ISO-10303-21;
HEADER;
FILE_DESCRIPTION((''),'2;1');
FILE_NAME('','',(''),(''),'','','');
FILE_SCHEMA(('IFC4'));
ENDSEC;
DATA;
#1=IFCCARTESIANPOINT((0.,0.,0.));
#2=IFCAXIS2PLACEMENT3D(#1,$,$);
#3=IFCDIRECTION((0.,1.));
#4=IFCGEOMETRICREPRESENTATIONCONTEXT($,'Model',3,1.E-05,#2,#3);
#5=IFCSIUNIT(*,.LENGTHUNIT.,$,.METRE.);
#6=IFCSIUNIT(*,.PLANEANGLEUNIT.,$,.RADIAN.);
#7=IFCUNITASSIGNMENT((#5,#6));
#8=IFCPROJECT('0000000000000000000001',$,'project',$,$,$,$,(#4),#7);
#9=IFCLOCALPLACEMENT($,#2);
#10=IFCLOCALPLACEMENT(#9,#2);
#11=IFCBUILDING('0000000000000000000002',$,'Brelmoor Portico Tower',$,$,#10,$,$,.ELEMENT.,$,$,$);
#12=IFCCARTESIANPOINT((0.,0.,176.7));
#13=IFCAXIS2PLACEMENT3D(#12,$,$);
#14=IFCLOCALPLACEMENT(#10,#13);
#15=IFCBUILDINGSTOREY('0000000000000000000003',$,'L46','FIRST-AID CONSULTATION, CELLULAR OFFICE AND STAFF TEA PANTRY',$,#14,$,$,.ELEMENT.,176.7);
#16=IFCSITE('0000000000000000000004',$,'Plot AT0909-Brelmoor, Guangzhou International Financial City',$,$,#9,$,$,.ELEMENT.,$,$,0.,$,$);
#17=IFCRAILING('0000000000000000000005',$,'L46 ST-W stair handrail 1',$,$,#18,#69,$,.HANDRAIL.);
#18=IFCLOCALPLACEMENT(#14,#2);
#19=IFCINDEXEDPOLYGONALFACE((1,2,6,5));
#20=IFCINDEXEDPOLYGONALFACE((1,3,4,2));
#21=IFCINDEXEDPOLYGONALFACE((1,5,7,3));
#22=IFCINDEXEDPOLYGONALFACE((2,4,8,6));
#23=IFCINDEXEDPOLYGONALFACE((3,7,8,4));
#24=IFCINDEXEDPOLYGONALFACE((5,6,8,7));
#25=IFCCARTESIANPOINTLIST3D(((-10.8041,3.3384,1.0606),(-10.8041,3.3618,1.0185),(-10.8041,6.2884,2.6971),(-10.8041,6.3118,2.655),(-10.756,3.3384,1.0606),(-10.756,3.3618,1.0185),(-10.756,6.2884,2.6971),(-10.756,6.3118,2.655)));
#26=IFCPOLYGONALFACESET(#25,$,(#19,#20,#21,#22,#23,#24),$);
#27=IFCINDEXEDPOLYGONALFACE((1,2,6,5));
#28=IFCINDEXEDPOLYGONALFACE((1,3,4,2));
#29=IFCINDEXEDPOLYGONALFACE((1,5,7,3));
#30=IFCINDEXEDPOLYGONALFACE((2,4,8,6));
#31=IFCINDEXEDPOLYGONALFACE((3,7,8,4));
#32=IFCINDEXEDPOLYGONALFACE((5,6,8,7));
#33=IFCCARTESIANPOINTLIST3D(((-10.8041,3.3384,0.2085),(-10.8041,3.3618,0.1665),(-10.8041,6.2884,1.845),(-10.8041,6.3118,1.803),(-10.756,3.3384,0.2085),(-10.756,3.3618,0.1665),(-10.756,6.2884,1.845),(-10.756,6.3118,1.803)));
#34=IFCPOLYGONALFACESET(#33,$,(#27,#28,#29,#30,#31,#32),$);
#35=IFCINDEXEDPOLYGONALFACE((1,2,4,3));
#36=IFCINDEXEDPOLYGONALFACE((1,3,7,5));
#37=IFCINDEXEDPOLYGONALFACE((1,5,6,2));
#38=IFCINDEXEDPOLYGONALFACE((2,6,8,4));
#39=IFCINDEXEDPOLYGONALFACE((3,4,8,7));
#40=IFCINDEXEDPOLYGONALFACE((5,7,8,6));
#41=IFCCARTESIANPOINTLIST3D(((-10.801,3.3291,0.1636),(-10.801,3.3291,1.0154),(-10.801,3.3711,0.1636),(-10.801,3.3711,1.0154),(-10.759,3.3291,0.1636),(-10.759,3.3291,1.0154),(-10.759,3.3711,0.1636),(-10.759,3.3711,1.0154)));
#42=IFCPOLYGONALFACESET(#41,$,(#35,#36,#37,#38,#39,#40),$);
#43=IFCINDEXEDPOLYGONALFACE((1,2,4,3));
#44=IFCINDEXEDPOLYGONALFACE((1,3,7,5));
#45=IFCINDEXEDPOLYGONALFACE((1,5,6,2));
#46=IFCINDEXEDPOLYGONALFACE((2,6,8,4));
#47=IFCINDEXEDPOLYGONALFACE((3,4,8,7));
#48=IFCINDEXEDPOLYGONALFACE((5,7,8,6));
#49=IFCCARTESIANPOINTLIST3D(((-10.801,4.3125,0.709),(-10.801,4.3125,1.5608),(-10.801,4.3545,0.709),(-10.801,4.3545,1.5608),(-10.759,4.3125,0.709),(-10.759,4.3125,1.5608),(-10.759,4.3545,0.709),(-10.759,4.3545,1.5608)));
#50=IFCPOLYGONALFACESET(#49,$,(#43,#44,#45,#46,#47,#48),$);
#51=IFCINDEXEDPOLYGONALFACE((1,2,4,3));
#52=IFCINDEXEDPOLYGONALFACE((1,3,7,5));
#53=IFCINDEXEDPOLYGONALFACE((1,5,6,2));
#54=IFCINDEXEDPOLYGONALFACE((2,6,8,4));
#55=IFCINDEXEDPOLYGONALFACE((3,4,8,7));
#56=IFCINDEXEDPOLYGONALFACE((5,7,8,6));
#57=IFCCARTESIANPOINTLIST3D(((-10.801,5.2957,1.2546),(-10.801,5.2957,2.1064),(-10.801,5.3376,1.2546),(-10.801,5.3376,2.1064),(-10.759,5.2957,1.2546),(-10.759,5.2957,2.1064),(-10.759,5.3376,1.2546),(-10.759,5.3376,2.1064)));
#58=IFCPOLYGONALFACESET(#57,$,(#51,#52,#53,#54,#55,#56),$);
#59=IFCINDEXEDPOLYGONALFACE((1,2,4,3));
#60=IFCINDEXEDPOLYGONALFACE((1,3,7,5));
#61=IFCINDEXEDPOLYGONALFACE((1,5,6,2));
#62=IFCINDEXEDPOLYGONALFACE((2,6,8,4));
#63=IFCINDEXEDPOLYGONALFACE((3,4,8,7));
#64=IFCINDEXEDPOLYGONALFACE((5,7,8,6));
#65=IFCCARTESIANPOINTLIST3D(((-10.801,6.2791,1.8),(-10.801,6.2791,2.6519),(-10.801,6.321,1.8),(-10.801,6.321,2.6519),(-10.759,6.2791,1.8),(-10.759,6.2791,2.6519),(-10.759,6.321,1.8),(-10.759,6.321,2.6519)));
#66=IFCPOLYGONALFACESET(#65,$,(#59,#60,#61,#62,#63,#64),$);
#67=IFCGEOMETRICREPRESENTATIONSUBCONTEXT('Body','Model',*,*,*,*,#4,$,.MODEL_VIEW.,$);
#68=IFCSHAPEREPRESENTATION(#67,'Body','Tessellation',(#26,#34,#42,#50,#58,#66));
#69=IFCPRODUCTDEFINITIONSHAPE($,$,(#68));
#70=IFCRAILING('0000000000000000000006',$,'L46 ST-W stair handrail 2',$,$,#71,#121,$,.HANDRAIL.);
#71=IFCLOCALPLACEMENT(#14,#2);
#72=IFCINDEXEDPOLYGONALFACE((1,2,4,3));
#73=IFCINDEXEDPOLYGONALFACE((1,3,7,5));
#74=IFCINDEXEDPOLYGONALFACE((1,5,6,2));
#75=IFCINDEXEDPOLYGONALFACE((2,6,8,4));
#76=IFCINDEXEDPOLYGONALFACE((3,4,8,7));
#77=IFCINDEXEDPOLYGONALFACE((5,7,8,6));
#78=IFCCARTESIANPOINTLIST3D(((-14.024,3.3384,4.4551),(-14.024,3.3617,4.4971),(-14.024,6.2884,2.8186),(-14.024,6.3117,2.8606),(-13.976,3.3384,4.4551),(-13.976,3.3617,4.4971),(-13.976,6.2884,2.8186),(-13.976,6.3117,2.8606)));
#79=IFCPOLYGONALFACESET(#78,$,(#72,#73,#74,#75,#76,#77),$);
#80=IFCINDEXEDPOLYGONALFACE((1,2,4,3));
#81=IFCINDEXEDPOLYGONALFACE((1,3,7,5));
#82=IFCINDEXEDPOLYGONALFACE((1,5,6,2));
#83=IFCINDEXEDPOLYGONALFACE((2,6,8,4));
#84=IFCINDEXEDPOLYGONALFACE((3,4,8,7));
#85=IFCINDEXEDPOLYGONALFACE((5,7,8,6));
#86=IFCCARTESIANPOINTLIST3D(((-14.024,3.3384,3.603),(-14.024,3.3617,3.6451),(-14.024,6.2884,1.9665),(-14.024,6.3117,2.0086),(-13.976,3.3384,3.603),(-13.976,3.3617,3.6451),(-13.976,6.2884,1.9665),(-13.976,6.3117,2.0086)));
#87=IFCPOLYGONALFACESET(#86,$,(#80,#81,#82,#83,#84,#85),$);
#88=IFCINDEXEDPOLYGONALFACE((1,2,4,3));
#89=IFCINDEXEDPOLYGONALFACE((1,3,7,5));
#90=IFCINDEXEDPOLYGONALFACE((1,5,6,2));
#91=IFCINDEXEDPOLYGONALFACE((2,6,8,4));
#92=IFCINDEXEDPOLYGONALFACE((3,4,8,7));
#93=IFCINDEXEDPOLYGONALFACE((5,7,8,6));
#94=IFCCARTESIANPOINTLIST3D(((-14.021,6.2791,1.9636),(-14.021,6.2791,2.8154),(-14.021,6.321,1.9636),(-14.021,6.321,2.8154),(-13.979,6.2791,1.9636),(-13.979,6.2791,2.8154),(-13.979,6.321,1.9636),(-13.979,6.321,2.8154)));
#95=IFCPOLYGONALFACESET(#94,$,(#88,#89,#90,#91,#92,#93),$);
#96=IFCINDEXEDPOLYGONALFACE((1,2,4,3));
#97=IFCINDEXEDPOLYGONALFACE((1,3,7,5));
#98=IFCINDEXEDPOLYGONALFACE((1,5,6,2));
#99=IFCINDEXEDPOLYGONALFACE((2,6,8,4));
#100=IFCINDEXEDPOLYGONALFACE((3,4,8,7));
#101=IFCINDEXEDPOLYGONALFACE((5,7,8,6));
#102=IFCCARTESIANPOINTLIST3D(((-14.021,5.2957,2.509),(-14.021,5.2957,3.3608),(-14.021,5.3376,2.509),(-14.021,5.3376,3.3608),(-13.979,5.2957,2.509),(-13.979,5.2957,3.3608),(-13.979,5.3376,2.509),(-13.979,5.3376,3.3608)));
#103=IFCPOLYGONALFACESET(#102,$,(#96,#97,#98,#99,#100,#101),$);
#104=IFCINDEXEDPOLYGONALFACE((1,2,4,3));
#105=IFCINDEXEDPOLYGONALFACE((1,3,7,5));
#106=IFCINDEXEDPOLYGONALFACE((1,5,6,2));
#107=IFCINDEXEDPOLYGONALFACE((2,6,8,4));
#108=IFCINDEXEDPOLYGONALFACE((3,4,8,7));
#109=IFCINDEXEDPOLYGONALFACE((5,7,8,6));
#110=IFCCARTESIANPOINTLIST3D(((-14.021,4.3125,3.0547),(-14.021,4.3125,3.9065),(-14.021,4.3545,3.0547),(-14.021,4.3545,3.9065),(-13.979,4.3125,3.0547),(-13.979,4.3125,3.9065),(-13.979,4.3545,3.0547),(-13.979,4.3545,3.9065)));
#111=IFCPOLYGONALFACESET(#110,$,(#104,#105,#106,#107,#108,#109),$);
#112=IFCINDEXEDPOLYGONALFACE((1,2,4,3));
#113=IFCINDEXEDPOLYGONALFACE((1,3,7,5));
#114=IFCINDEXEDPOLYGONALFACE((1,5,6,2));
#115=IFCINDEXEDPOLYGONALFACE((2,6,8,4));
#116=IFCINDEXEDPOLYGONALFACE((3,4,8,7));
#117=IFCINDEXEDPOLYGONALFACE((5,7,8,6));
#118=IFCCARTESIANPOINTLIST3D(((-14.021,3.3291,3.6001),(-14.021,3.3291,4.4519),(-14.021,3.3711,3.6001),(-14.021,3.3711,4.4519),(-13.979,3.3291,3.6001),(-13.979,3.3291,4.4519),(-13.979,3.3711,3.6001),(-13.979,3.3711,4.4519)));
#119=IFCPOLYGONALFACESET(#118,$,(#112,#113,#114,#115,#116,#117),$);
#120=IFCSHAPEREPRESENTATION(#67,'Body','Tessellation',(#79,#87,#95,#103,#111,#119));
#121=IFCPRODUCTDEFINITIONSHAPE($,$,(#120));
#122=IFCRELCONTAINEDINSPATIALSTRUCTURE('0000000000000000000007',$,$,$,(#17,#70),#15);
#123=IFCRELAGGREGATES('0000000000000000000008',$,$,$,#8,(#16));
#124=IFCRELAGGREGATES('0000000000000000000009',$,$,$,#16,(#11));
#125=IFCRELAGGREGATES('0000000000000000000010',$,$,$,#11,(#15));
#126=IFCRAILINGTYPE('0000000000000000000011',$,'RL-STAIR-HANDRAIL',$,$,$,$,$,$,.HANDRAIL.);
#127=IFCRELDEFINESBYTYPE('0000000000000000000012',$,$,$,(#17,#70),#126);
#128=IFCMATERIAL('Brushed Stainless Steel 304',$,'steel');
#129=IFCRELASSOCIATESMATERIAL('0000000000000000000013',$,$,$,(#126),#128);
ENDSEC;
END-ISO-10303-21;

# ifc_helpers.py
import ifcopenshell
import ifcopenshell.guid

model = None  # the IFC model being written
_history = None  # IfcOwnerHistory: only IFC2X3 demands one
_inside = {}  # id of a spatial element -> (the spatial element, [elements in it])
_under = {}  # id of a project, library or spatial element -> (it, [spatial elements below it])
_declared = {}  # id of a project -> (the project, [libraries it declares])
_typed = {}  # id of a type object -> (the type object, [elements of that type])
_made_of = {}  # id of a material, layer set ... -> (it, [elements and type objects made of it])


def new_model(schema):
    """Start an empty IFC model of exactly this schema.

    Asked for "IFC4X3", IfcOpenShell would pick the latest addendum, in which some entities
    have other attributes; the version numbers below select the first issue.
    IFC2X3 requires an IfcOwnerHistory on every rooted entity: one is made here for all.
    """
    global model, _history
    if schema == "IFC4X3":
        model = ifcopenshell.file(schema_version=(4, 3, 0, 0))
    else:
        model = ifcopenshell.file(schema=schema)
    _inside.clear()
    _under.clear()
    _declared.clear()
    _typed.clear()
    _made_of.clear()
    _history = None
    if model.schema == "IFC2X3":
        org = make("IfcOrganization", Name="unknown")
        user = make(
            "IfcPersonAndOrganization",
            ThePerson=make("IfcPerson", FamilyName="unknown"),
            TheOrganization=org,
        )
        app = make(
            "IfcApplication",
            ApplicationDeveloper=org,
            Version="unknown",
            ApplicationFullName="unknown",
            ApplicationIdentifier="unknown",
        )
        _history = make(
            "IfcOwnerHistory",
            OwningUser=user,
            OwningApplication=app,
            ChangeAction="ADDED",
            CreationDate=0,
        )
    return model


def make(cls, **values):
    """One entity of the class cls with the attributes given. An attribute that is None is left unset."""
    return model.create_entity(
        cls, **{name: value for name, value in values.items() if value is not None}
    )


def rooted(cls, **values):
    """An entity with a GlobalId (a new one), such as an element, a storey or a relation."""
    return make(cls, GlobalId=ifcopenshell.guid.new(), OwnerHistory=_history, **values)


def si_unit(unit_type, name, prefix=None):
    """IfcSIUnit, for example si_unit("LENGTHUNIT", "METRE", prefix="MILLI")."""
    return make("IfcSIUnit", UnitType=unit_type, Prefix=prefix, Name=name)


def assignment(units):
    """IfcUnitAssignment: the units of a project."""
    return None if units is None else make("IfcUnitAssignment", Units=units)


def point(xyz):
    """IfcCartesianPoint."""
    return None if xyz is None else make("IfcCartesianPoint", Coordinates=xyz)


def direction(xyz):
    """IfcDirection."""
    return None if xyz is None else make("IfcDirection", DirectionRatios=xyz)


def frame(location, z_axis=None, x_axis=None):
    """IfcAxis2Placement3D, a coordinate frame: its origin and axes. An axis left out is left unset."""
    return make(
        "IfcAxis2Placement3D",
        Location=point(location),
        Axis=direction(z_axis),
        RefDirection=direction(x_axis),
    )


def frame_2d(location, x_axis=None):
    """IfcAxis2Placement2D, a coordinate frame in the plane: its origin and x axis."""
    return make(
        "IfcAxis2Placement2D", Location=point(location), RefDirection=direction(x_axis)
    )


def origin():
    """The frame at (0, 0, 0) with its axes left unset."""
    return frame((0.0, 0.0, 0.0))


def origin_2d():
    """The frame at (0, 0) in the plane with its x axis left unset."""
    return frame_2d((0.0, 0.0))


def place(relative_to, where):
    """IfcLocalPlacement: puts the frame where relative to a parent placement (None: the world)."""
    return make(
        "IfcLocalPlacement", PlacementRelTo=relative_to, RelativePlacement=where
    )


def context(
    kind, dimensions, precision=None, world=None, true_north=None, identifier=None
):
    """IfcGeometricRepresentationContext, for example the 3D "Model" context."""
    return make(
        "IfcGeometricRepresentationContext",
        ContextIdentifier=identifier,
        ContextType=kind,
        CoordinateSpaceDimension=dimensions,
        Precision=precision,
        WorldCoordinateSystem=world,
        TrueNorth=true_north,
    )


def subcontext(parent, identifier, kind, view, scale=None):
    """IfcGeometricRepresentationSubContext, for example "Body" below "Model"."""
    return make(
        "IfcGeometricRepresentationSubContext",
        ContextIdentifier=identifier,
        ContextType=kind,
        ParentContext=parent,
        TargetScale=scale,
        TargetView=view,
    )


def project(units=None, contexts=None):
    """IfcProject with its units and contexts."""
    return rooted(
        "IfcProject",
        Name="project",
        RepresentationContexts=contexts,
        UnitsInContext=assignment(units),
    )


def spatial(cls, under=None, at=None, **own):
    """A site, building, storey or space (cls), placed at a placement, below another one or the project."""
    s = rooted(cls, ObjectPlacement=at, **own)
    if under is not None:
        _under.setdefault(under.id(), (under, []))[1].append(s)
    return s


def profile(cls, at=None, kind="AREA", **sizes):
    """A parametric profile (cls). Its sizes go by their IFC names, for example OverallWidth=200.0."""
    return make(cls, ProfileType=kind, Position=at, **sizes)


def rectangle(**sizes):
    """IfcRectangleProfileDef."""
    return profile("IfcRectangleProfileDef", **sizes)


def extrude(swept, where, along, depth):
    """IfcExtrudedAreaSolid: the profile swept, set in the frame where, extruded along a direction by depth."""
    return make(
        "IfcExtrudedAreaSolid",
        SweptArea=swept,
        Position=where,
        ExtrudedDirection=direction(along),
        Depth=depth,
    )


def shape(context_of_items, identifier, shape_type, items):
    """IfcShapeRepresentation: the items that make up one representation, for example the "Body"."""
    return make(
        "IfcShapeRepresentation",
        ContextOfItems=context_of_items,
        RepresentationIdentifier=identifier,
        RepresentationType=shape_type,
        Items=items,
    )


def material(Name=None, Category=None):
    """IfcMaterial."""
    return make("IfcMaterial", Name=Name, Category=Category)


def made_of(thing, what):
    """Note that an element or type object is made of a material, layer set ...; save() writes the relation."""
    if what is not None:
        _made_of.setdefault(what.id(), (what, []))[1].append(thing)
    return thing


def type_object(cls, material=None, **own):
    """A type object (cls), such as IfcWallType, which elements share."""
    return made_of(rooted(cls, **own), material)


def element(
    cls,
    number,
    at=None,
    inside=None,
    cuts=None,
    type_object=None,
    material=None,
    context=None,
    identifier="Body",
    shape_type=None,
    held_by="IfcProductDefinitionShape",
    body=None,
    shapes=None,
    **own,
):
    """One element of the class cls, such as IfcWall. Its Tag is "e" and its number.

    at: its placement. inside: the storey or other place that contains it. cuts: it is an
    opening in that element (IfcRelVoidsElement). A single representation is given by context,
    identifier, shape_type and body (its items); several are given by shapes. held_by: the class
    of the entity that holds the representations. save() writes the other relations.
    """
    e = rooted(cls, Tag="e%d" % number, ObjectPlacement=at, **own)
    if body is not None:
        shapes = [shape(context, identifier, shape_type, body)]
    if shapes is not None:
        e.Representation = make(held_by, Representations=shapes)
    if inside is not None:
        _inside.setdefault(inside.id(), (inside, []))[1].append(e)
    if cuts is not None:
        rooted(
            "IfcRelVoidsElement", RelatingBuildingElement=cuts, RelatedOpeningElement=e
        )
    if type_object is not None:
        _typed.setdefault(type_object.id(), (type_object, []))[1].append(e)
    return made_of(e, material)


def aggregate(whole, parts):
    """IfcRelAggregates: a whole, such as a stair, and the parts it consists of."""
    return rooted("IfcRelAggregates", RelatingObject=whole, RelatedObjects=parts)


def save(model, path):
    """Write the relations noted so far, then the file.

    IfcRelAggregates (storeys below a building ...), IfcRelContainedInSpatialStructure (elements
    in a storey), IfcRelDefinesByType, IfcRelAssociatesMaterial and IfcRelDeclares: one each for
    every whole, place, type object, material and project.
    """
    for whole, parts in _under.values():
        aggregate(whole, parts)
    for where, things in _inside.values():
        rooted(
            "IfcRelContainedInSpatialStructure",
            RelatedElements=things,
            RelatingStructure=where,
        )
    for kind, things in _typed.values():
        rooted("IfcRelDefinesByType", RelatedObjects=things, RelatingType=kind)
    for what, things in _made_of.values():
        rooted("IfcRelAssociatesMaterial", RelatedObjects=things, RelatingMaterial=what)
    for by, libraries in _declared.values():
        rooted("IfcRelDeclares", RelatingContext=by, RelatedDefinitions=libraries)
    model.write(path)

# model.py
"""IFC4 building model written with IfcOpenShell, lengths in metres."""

from ifc_helpers import new_model, si_unit, direction, frame, origin, origin_2d, place, context, subcontext, project, spatial, rectangle, extrude, material, type_object, element, save


model = new_model("IFC4")

# Units and contexts
model_context = context("Model", 3, precision=1e-05, world=origin(), true_north=direction((0.0, 1.0)))
body_context = subcontext(model_context, "Body", "Model", "MODEL_VIEW")
ifc_project = project(units=[si_unit("LENGTHUNIT", "METRE"), si_unit("PLANEANGLEUNIT", "RADIAN")], contexts=[model_context])

# Site, building, storey
site_placement = place(None, origin())
site = spatial("IfcSite", under=ifc_project, at=site_placement, Name="Plot AT0909-Brelmoor, Guangzhou International Financial City", CompositionType="ELEMENT", RefElevation=0.0)
building_placement = place(site_placement, origin())
building = spatial("IfcBuilding", under=site, at=building_placement, Name="Brelmoor Portico Tower", CompositionType="ELEMENT")
storey_placement = place(building_placement, frame((0.0, 0.0, 176.7)))
storey = spatial("IfcBuildingStorey", under=building, at=storey_placement, Name="L46", Description="FIRST-AID CONSULTATION, CELLULAR OFFICE AND STAFF TEA PANTRY", CompositionType="ELEMENT", Elevation=176.7)

# Railings
ifc_material_1 = material(Name="Brushed Stainless Steel 304", Category="steel")
railing_type_1 = type_object("IfcRailingType", Name="RL-STAIR-HANDRAIL", PredefinedType="HANDRAIL", material=ifc_material_1)
railing_1_placement = place(storey_placement, frame((-10.78, 3.3501, 0.1636)))
element("IfcRailing", 1, at=railing_1_placement, inside=storey, type_object=railing_type_1, Name="L46 ST-W stair handrail 1", PredefinedType="HANDRAIL", context=body_context, shape_type="SweptSolid", body=[
    extrude(rectangle(XDim=0.0481, YDim=0.0481, at=origin_2d()), frame((0.0, 0.0, 0.876), z_axis=(0.0, 0.874458, 0.485102), x_axis=(-1.0, 0.0, 0.0)), (0.0, 0.0, 1.0), 3.3735),
    extrude(rectangle(XDim=0.0481, YDim=0.0481, at=origin_2d()), frame((0.0, 0.0, 0.0239), z_axis=(0.0, 0.874458, 0.485102), x_axis=(-1.0, 0.0, 0.0)), (0.0, 0.0, 1.0), 3.3735),
    extrude(rectangle(XDim=0.042, YDim=0.042, at=origin_2d()), origin(), (0.0, 0.0, 1.0), 0.8518),
    extrude(rectangle(XDim=0.042, YDim=0.042, at=origin_2d()), frame((0.0, 0.9834, 0.5454)), (0.0, 0.0, 1.0), 0.8518),
    extrude(rectangle(XDim=0.042, YDim=0.042, at=origin_2d()), frame((0.0, 1.9666, 1.0911)), (0.0, 0.0, 1.0), 0.8518),
    extrude(rectangle(XDim=0.042, YDim=0.042, at=origin_2d()), frame((0.0, 2.95, 1.6365)), (0.0, 0.0, 1.0), 0.8518),
])
railing_2_placement = place(storey_placement, frame((-14.0, 6.3, 1.9636)))
element("IfcRailing", 2, at=railing_2_placement, inside=storey, type_object=railing_type_1, Name="L46 ST-W stair handrail 2", PredefinedType="HANDRAIL", context=body_context, shape_type="SweptSolid", body=[
    extrude(rectangle(XDim=0.0481, YDim=0.0481, at=origin_2d()), frame((0.0, 0.0, 0.876), z_axis=(0.0, -0.874458, 0.485102), x_axis=(1.0, 0.0, 0.0)), (0.0, 0.0, 1.0), 3.3735),
    extrude(rectangle(XDim=0.0481, YDim=0.0481, at=origin_2d()), frame((0.0, 0.0, 0.0239), z_axis=(0.0, -0.874458, 0.485102), x_axis=(1.0, 0.0, 0.0)), (0.0, 0.0, 1.0), 3.3735),
    extrude(rectangle(XDim=0.042, YDim=0.042, at=origin_2d()), origin(), (0.0, 0.0, 1.0), 0.8518),
    extrude(rectangle(XDim=0.042, YDim=0.042, at=origin_2d()), frame((0.0, -0.9834, 0.5454)), (0.0, 0.0, 1.0), 0.8518),
    extrude(rectangle(XDim=0.042, YDim=0.042, at=origin_2d()), frame((0.0, -1.9666, 1.0911)), (0.0, 0.0, 1.0), 0.8518),
    extrude(rectangle(XDim=0.042, YDim=0.042, at=origin_2d()), frame((0.0, -2.95, 1.6365)), (0.0, 0.0, 1.0), 0.8518),
])

save(model, "model.ifc")
